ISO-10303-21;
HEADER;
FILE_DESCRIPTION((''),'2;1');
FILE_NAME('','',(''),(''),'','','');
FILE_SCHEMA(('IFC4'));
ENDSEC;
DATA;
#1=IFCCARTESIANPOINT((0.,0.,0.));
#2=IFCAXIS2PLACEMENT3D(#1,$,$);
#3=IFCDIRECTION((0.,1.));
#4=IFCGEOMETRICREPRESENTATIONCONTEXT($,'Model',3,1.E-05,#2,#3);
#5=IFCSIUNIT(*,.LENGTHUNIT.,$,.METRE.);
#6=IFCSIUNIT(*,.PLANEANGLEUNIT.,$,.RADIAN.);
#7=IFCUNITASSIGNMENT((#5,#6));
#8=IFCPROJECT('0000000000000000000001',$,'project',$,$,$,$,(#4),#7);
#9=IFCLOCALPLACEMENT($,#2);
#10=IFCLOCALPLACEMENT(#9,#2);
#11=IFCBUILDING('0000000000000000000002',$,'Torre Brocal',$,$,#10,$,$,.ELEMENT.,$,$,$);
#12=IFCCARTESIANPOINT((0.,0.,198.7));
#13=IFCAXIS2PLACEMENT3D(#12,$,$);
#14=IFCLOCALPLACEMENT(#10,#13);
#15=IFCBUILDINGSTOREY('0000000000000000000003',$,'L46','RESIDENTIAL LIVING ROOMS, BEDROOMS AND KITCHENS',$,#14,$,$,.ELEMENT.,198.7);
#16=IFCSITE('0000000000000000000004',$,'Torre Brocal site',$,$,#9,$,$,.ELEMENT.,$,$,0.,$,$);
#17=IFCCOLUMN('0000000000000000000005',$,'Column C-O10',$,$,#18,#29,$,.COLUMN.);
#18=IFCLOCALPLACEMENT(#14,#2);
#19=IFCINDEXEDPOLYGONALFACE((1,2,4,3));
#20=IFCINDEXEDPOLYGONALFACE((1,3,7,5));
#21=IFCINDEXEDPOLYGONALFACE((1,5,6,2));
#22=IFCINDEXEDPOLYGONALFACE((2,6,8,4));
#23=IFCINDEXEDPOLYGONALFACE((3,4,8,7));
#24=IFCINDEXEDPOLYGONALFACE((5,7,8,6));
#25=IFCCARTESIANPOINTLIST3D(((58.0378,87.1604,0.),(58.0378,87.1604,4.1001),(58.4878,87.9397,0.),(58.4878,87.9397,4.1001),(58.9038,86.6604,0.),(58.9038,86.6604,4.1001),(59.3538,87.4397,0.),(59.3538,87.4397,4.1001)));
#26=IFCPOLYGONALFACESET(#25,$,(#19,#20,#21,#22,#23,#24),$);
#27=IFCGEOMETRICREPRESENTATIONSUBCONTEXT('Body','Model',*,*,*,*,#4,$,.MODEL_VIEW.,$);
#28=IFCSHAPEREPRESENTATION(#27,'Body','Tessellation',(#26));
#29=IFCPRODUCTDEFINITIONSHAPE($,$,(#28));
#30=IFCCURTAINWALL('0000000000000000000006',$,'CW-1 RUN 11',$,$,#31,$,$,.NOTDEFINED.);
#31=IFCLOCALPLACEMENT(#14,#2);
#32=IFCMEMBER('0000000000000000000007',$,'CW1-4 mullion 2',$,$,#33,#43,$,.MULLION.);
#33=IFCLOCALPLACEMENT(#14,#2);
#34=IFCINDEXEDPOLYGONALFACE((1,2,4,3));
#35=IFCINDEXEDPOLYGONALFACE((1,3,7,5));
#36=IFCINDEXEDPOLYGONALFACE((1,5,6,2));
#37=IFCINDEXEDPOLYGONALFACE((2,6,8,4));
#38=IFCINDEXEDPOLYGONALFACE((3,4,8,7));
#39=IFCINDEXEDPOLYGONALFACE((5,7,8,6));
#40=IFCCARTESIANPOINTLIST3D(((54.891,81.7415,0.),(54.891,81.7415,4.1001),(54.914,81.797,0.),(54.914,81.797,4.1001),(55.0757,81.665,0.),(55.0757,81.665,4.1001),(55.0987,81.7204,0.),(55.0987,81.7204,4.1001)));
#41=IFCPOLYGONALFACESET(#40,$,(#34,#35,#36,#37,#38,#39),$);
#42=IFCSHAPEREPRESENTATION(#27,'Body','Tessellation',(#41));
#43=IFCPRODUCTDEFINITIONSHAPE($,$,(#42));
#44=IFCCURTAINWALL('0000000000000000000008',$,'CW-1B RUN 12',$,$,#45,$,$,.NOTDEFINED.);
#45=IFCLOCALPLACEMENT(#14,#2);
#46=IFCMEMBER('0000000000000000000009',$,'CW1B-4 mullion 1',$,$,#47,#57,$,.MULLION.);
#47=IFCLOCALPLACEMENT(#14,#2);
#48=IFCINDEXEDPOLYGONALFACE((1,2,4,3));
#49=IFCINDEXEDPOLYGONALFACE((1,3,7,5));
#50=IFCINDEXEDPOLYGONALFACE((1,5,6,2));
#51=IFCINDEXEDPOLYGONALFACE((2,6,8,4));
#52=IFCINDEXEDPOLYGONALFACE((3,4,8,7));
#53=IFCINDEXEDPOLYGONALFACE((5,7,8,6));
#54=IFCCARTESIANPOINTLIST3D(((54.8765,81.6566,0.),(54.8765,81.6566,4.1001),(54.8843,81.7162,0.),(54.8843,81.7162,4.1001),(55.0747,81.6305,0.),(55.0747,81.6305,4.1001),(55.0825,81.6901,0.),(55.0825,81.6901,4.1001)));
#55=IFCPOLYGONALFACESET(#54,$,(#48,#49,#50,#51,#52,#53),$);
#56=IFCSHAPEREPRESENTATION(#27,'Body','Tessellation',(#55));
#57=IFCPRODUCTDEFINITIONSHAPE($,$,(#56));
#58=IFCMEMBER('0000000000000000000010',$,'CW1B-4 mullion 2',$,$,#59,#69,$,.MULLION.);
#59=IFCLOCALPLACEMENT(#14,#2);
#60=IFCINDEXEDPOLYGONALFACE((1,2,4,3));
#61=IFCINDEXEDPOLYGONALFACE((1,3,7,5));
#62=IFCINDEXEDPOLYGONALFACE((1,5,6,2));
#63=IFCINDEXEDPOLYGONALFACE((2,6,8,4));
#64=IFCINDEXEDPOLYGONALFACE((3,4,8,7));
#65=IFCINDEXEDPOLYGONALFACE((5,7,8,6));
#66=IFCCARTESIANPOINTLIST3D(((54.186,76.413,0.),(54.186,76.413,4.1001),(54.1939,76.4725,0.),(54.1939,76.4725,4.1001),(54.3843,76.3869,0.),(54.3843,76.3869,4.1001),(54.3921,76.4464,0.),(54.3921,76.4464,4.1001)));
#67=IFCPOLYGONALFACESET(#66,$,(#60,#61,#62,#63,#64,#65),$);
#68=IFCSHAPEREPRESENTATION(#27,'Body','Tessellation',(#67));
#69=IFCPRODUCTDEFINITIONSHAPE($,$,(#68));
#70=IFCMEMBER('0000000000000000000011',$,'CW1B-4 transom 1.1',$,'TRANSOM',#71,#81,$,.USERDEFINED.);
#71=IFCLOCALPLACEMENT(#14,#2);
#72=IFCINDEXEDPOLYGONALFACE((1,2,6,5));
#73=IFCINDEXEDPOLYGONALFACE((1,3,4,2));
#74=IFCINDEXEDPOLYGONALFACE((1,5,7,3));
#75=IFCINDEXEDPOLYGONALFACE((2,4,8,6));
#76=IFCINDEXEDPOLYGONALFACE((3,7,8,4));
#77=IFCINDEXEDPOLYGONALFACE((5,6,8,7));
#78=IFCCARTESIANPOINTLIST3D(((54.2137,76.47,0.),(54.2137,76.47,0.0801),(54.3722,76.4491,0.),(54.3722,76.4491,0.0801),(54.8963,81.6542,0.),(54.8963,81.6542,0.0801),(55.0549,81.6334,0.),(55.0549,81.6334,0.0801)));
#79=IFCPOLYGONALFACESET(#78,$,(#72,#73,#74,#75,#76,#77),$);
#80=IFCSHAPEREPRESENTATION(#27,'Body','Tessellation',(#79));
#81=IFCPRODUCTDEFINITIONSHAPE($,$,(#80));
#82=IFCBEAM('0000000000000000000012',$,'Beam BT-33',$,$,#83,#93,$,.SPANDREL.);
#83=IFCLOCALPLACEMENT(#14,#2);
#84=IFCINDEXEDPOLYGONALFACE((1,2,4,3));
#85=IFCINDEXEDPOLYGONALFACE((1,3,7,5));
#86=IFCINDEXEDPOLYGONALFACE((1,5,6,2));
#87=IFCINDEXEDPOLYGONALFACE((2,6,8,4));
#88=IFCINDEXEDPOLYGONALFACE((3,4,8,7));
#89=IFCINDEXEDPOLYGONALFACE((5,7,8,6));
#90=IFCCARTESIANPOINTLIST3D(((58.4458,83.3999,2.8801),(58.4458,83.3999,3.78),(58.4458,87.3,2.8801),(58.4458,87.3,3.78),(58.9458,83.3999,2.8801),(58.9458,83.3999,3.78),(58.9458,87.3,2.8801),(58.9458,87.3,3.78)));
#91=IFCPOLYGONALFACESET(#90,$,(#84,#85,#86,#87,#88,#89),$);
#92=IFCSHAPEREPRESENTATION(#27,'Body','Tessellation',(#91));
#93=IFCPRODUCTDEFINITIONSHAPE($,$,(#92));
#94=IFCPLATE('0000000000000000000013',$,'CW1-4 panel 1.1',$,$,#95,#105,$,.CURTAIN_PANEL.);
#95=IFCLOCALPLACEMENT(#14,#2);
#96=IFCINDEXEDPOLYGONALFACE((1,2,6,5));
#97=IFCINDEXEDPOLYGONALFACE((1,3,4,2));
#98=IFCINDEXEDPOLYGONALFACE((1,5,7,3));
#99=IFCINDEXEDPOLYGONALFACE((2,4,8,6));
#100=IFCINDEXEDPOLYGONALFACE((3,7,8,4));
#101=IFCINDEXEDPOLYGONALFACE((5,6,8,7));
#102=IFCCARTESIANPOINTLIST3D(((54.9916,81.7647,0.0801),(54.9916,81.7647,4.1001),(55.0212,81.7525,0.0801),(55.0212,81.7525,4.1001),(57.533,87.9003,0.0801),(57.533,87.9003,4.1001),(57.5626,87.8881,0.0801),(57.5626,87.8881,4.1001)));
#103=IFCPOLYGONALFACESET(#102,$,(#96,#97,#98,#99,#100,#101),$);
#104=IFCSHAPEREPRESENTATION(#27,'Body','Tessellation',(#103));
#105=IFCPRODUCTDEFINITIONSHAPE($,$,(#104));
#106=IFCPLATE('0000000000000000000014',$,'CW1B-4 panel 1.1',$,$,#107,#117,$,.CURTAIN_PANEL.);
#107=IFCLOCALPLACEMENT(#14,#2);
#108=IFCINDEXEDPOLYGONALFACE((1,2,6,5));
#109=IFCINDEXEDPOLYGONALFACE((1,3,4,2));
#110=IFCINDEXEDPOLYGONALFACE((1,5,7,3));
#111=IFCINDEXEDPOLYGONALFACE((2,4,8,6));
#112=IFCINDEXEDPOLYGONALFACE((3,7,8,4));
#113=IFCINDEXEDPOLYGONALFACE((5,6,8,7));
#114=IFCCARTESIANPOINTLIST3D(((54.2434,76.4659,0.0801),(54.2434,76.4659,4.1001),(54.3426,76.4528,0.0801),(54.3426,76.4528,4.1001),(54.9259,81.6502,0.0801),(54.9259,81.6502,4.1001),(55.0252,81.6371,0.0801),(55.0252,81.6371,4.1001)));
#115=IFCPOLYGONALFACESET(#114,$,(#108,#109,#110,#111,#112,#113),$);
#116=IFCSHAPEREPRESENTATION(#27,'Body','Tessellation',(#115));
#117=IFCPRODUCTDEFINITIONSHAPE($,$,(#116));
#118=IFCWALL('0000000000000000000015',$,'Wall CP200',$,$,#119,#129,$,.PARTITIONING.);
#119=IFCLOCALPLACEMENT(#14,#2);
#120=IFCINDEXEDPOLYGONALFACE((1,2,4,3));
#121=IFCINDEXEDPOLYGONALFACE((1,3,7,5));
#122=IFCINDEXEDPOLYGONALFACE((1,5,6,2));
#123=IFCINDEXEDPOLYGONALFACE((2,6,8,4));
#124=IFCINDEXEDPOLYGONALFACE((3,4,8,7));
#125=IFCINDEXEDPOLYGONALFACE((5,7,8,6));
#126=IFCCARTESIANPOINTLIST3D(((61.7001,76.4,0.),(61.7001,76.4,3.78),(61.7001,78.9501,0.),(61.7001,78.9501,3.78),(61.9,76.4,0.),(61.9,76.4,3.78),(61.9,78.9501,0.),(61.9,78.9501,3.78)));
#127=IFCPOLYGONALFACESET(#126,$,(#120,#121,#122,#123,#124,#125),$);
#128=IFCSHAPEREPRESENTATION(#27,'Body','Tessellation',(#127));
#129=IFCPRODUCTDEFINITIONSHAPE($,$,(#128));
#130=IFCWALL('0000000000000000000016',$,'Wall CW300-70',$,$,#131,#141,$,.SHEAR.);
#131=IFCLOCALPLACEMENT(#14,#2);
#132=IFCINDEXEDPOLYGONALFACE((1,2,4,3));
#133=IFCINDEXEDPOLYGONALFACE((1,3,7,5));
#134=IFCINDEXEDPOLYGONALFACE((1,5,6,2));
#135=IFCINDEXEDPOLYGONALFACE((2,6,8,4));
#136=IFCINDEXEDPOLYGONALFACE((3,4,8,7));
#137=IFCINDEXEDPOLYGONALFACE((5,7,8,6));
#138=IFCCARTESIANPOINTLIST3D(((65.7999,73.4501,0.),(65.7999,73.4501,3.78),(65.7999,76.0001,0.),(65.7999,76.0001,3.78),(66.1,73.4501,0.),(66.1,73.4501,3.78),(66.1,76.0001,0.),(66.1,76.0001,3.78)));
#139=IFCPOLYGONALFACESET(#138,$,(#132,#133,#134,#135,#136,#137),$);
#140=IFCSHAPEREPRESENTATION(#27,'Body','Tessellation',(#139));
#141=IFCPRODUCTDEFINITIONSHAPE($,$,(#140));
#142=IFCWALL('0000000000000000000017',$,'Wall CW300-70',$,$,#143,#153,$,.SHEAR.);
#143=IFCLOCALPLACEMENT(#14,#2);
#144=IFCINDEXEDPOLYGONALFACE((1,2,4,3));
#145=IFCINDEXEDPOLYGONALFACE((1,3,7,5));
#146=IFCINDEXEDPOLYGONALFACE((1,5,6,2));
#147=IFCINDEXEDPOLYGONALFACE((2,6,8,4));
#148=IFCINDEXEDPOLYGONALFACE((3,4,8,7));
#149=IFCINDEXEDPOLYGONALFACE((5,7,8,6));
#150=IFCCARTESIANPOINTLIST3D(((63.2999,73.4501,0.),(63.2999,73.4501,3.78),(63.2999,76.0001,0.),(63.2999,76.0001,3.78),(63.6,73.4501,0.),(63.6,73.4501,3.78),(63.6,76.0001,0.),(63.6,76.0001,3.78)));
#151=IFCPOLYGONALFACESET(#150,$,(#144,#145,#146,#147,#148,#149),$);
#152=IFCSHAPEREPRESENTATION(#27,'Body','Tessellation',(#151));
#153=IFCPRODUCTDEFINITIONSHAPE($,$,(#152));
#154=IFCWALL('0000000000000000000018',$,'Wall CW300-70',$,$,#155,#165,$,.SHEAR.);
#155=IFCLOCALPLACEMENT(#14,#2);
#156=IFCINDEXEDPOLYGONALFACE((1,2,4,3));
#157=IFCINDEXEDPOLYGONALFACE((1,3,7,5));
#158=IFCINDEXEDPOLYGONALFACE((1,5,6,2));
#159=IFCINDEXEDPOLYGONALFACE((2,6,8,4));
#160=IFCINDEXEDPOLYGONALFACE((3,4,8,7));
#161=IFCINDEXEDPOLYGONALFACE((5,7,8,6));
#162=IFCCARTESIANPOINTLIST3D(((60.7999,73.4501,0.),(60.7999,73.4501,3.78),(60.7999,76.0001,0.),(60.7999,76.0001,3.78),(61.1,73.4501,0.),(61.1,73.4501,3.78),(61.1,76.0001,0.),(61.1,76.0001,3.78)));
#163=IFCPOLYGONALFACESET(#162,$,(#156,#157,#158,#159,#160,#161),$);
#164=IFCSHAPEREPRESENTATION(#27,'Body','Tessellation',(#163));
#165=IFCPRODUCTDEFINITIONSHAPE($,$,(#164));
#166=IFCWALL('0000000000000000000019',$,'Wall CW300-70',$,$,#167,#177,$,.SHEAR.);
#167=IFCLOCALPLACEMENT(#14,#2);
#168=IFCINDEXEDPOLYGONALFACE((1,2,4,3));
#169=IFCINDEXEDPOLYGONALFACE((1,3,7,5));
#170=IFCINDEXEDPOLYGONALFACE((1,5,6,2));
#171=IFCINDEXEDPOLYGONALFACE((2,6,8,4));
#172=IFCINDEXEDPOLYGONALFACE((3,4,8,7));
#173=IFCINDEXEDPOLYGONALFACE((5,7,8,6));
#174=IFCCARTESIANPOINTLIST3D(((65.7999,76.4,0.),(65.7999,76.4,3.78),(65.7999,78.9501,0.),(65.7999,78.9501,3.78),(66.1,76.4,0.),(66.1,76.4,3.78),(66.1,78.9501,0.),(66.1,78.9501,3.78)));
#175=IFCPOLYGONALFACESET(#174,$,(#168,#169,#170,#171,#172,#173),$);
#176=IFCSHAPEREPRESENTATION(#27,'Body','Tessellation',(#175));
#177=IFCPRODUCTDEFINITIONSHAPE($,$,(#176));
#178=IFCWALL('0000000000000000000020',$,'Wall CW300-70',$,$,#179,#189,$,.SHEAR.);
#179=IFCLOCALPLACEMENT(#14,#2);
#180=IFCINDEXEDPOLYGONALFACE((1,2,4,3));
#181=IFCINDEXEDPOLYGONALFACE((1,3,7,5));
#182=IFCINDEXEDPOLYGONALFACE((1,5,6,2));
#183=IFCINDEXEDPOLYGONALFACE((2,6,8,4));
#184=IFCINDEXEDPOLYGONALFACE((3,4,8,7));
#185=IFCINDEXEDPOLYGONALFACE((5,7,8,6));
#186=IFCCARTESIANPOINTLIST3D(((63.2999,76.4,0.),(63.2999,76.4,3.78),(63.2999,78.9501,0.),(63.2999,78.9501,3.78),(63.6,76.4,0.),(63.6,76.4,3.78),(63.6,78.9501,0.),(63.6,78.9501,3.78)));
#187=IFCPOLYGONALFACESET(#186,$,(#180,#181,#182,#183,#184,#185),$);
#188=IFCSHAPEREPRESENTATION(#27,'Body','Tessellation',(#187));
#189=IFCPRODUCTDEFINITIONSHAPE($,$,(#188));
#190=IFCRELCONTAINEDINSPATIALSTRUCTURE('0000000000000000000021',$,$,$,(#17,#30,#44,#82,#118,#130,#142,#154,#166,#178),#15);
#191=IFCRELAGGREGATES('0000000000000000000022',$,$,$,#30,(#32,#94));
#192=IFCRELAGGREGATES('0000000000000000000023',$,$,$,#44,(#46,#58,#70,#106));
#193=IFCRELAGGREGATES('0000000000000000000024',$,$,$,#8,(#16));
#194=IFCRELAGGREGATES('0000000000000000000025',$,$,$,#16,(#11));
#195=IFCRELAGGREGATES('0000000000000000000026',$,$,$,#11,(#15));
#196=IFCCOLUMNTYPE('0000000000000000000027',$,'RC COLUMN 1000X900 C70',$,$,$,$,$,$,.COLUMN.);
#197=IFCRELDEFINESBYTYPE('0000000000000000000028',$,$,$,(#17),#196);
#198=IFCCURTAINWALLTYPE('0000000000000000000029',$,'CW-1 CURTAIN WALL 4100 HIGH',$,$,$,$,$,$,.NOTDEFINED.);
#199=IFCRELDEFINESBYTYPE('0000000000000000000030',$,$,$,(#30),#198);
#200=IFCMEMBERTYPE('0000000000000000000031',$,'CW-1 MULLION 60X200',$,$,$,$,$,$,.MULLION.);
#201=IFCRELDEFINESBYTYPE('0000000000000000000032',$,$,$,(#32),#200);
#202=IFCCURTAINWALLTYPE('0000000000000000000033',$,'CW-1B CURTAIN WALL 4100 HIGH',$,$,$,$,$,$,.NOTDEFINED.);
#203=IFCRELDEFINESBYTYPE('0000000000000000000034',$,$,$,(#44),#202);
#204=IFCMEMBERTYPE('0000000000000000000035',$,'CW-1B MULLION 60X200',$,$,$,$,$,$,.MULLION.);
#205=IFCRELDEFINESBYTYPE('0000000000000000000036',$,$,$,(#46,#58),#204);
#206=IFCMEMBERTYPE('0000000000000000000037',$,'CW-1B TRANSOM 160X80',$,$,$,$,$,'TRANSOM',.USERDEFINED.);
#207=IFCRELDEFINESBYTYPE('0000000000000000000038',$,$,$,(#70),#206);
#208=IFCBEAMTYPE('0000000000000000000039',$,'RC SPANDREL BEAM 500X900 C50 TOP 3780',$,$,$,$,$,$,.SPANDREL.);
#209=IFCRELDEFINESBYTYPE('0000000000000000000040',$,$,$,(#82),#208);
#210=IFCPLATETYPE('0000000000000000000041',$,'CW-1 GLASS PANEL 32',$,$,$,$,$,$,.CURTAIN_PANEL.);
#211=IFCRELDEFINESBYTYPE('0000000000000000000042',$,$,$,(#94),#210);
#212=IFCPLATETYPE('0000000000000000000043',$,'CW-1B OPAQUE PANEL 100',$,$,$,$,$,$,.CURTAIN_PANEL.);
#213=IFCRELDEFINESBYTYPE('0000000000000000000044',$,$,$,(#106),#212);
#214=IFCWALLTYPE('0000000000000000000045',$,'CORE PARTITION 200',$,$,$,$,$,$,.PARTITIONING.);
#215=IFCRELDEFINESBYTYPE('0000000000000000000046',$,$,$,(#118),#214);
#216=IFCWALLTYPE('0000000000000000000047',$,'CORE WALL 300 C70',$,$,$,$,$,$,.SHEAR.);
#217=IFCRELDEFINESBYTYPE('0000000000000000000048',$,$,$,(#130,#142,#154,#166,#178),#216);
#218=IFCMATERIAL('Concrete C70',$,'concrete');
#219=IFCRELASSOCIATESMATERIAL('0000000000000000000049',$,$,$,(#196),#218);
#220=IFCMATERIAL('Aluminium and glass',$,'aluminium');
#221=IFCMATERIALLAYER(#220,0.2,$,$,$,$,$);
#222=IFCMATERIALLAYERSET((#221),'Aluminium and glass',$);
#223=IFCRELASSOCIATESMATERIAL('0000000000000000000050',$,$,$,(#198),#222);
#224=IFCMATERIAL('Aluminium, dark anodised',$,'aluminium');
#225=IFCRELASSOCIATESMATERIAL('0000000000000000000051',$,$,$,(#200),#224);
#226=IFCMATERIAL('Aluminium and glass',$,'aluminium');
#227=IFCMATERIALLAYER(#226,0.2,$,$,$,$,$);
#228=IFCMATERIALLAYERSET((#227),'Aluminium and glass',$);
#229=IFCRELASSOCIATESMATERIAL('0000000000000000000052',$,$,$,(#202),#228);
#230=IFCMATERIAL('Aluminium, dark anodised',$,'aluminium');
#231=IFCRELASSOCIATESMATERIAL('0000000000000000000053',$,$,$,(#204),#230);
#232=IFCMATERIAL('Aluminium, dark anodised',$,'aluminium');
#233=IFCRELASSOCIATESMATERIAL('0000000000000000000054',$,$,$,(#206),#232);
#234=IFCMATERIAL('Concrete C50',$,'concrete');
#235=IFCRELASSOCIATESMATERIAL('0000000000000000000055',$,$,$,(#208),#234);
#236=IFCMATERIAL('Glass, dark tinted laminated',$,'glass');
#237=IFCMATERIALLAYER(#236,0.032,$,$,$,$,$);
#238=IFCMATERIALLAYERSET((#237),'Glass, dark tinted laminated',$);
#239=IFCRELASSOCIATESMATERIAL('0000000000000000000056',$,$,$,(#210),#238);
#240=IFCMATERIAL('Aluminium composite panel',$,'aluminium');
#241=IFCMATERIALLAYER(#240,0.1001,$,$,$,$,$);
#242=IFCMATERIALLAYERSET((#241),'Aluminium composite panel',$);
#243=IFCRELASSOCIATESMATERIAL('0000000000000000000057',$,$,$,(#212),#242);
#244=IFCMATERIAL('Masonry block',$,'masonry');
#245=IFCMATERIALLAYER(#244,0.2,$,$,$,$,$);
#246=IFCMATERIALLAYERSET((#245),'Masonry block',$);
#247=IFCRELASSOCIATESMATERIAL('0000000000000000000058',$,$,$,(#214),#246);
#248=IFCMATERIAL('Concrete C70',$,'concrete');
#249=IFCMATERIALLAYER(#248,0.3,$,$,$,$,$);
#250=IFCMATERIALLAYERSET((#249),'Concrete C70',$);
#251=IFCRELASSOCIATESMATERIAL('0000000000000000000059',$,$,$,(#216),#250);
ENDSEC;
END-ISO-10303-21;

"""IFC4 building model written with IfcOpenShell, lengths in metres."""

from ifc_helpers import new_model, si_unit, direction, frame, frame_2d, origin, origin_2d, place, context, subcontext, project, spatial, rectangle, extrude, material, layer, layer_set, material_profile, profile_set, type_object, element, aggregate, save


model = new_model("IFC4")

# Units and contexts
model_context = context("Model", 3, precision=1e-05, world=origin(), true_north=direction((0.0, 1.0)))
body_context = subcontext(model_context, "Body", "Model", "MODEL_VIEW")
ifc_project = project(units=[si_unit("LENGTHUNIT", "METRE"), si_unit("PLANEANGLEUNIT", "RADIAN")], contexts=[model_context])

# Site, building, storey
site_placement = place(None, origin())
site = spatial("IfcSite", under=ifc_project, at=site_placement, Name="Torre Brocal site", CompositionType="ELEMENT", RefElevation=0.0)
building_placement = place(site_placement, origin())
building = spatial("IfcBuilding", under=site, at=building_placement, Name="Torre Brocal", CompositionType="ELEMENT")
storey_placement = place(building_placement, frame((0.0, 0.0, 198.7)))
storey = spatial("IfcBuildingStorey", under=building, at=storey_placement, Name="L46", Description="RESIDENTIAL LIVING ROOMS, BEDROOMS AND KITCHENS", CompositionType="ELEMENT", Elevation=198.7)

# Column
ifc_material_1 = material(Name="Concrete C70", Category="concrete")
ifc_material_profile_1 = material_profile(ifc_material_1, rectangle(XDim=1.0, YDim=0.8999, at=origin_2d()), Name="RC 1000X900")
ifc_profile_set_1 = profile_set([ifc_material_profile_1], Name="Concrete C70")
column_type = type_object("IfcColumnType", Name="RC COLUMN 1000X900 C70", PredefinedType="COLUMN", material=ifc_profile_set_1)
column_placement = place(storey_placement, frame((58.6958, 87.3, 0.0), z_axis=(0.0, 0.0, 1.0), x_axis=(-0.866025, 0.5, 0.0)))
element("IfcColumn", 1, at=column_placement, inside=storey, type_object=column_type, Name="Column C-O10", PredefinedType="COLUMN", context=body_context, shape_type="SweptSolid", body=[
    extrude(rectangle(XDim=1.0, YDim=0.8999, at=origin_2d()), origin(), (0.0, 0.0, 1.0), 4.1001),
])

# Curtain wall, member
ifc_material_2 = material(Name="Aluminium and glass", Category="aluminium")
ifc_layer_1 = layer(ifc_material_2, 0.2)
ifc_layer_set_1 = layer_set([ifc_layer_1], Name="Aluminium and glass")
curtain_wall_type_1 = type_object("IfcCurtainWallType", Name="CW-1 CURTAIN WALL 4100 HIGH", PredefinedType="NOTDEFINED", material=ifc_layer_set_1)
curtain_wall_1_placement = place(storey_placement, origin())
curtain_wall_1 = element("IfcCurtainWall", 2, at=curtain_wall_1_placement, inside=storey, type_object=curtain_wall_type_1, Name="CW-1 RUN 11", PredefinedType="NOTDEFINED")
ifc_material_3 = material(Name="Aluminium, dark anodised", Category="aluminium")
ifc_material_profile_2 = material_profile(ifc_material_3, rectangle(XDim=0.2, YDim=0.0601, at=origin_2d()), Name="CW-1 MULLION 60X200")
ifc_profile_set_2 = profile_set([ifc_material_profile_2], Name="Aluminium, dark anodised")
member_type_1 = type_object("IfcMemberType", Name="CW-1 MULLION 60X200", PredefinedType="MULLION", material=ifc_profile_set_2)
member_1_placement = place(storey_placement, frame((54.9949, 81.731, 0.0), z_axis=(0.0, 0.0, 1.0), x_axis=(0.92388, -0.382683, 0.0)))
member_1 = element("IfcMember", 3, at=member_1_placement, type_object=member_type_1, Name="CW1-4 mullion 2", PredefinedType="MULLION", context=body_context, shape_type="SweptSolid", body=[
    extrude(rectangle(XDim=0.2, YDim=0.0601, at=origin_2d()), origin(), (0.0, 0.0, 1.0), 4.1001),
])

# Curtain wall, members
ifc_material_4 = material(Name="Aluminium and glass", Category="aluminium")
ifc_layer_2 = layer(ifc_material_4, 0.2)
ifc_layer_set_2 = layer_set([ifc_layer_2], Name="Aluminium and glass")
curtain_wall_type_2 = type_object("IfcCurtainWallType", Name="CW-1B CURTAIN WALL 4100 HIGH", PredefinedType="NOTDEFINED", material=ifc_layer_set_2)
curtain_wall_2_placement = place(storey_placement, origin())
curtain_wall_2 = element("IfcCurtainWall", 4, at=curtain_wall_2_placement, inside=storey, type_object=curtain_wall_type_2, Name="CW-1B RUN 12", PredefinedType="NOTDEFINED")
ifc_material_5 = material(Name="Aluminium, dark anodised", Category="aluminium")
ifc_material_profile_3 = material_profile(ifc_material_5, rectangle(XDim=0.2, YDim=0.0601, at=origin_2d()), Name="CW-1B MULLION 60X200")
ifc_profile_set_3 = profile_set([ifc_material_profile_3], Name="Aluminium, dark anodised")
member_type_2 = type_object("IfcMemberType", Name="CW-1B MULLION 60X200", PredefinedType="MULLION", material=ifc_profile_set_3)
member_2_placement = place(storey_placement, frame((54.9795, 81.6733, 0.0), z_axis=(0.0, 0.0, 1.0), x_axis=(0.991445, -0.130526, 0.0)))
member_2 = element("IfcMember", 5, at=member_2_placement, type_object=member_type_2, Name="CW1B-4 mullion 1", PredefinedType="MULLION", context=body_context, shape_type="SweptSolid", body=[
    extrude(rectangle(XDim=0.2, YDim=0.0601, at=origin_2d()), origin(), (0.0, 0.0, 1.0), 4.1001),
])
member_3_placement = place(storey_placement, frame((54.2891, 76.4297, 0.0), z_axis=(0.0, 0.0, 1.0), x_axis=(0.991445, -0.130526, 0.0)))
member_3 = element("IfcMember", 6, at=member_3_placement, type_object=member_type_2, Name="CW1B-4 mullion 2", PredefinedType="MULLION", context=body_context, shape_type="SweptSolid", body=[
    extrude(rectangle(XDim=0.2, YDim=0.0601, at=origin_2d()), origin(), (0.0, 0.0, 1.0), 4.1001),
])
ifc_material_6 = material(Name="Aluminium, dark anodised", Category="aluminium")
ifc_material_profile_4 = material_profile(ifc_material_6, rectangle(XDim=0.1599, YDim=0.0801, at=origin_2d()), Name="CW-1B TRANSOM 160X80")
ifc_profile_set_4 = profile_set([ifc_material_profile_4], Name="Aluminium, dark anodised")
member_type_3 = type_object("IfcMemberType", Name="CW-1B TRANSOM 160X80", ElementType="TRANSOM", PredefinedType="USERDEFINED", material=ifc_profile_set_4)
member_4_placement = place(storey_placement, frame((54.9756, 81.6438, 0.04), z_axis=(-0.130543, -0.991443, 0.0), x_axis=(0.991443, -0.130543, 0.0)))
member_4 = element("IfcMember", 7, at=member_4_placement, type_object=member_type_3, Name="CW1B-4 transom 1.1", ObjectType="TRANSOM", PredefinedType="USERDEFINED", context=body_context, shape_type="SweptSolid", body=[
    extrude(rectangle(XDim=0.1599, YDim=0.0801, at=origin_2d()), origin(), (0.0, 0.0, 1.0), 5.229),
])

# Beam
ifc_material_7 = material(Name="Concrete C50", Category="concrete")
ifc_material_profile_5 = material_profile(ifc_material_7, rectangle(XDim=0.5, YDim=0.8999, at=origin_2d()), Name="RC 500X900")
ifc_profile_set_5 = profile_set([ifc_material_profile_5], Name="Concrete C50")
beam_type = type_object("IfcBeamType", Name="RC SPANDREL BEAM 500X900 C50 TOP 3780", PredefinedType="SPANDREL", material=ifc_profile_set_5)
beam_placement = place(storey_placement, frame((58.6958, 87.3, 3.3301), z_axis=(0.0, -1.0, 0.0), x_axis=(1.0, 0.0, 0.0)))
element("IfcBeam", 8, at=beam_placement, inside=storey, type_object=beam_type, Name="Beam BT-33", PredefinedType="SPANDREL", context=body_context, shape_type="SweptSolid", body=[
    extrude(rectangle(XDim=0.5, YDim=0.8999, at=origin_2d()), origin(), (0.0, 0.0, 1.0), 3.9001),
])

# Plates
ifc_material_8 = material(Name="Glass, dark tinted laminated", Category="glass")
ifc_layer_3 = layer(ifc_material_8, 0.032)
ifc_layer_set_3 = layer_set([ifc_layer_3], Name="Glass, dark tinted laminated")
plate_type_1 = type_object("IfcPlateType", Name="CW-1 GLASS PANEL 32", PredefinedType="CURTAIN_PANEL", material=ifc_layer_set_3)
plate_1_placement = place(storey_placement, frame((56.2771, 84.8264, 0.0801), z_axis=(0.0, 0.0, 1.0), x_axis=(-0.382683, -0.92388, 0.0)))
plate_1 = element("IfcPlate", 9, at=plate_1_placement, type_object=plate_type_1, Name="CW1-4 panel 1.1", PredefinedType="CURTAIN_PANEL", context=body_context, shape_type="SweptSolid", body=[
    extrude(rectangle(XDim=6.6411, YDim=0.032, at=origin_2d()), origin(), (0.0, 0.0, 1.0), 4.02),
])
aggregate(curtain_wall_1, [member_1, plate_1])
ifc_material_9 = material(Name="Aluminium composite panel", Category="aluminium")
ifc_layer_4 = layer(ifc_material_9, 0.1001)
ifc_layer_set_4 = layer_set([ifc_layer_4], Name="Aluminium composite panel")
plate_type_2 = type_object("IfcPlateType", Name="CW-1B OPAQUE PANEL 100", PredefinedType="CURTAIN_PANEL", material=ifc_layer_set_4)
plate_2_placement = place(storey_placement, frame((54.6343, 79.0515, 0.0801), z_axis=(0.0, 0.0, 1.0), x_axis=(-0.130526, -0.991445, 0.0)))
plate_2 = element("IfcPlate", 10, at=plate_2_placement, type_object=plate_type_2, Name="CW1B-4 panel 1.1", PredefinedType="CURTAIN_PANEL", context=body_context, shape_type="SweptSolid", body=[
    extrude(rectangle(XDim=5.229, YDim=0.1001, at=origin_2d()), origin(), (0.0, 0.0, 1.0), 4.02),
])
aggregate(curtain_wall_2, [member_2, member_3, member_4, plate_2])

# Walls
ifc_material_10 = material(Name="Masonry block", Category="masonry")
ifc_layer_5 = layer(ifc_material_10, 0.2)
ifc_layer_set_5 = layer_set([ifc_layer_5], Name="Masonry block")
wall_type_1 = type_object("IfcWallType", Name="CORE PARTITION 200", PredefinedType="PARTITIONING", material=ifc_layer_set_5)
wall_1_placement = place(storey_placement, frame((61.8, 78.95, 0.0), z_axis=(0.0, 0.0, 1.0), x_axis=(0.0, -1.0, 0.0)))
element("IfcWall", 11, at=wall_1_placement, inside=storey, type_object=wall_type_1, Name="Wall CP200", PredefinedType="PARTITIONING", context=body_context, shape_type="SweptSolid", body=[
    extrude(rectangle(XDim=2.55, YDim=0.2, at=frame_2d((1.2749, 0.0))), origin(), (0.0, 0.0, 1.0), 3.78),
])
ifc_material_11 = material(Name="Concrete C70", Category="concrete")
ifc_layer_6 = layer(ifc_material_11, 0.3)
ifc_layer_set_6 = layer_set([ifc_layer_6], Name="Concrete C70")
wall_type_2 = type_object("IfcWallType", Name="CORE WALL 300 C70", PredefinedType="SHEAR", material=ifc_layer_set_6)
for number, where, z_axis, x_axis, name in (
    (12, (65.95, 76.0, 0.0), (0.0, 0.0, 1.0), (0.0, -1.0, 0.0), "Wall CW300-70"),
    (13, (63.45, 76.0, 0.0), (0.0, 0.0, 1.0), (0.0, -1.0, 0.0), "Wall CW300-70"),
    (14, (60.95, 76.0, 0.0), (0.0, 0.0, 1.0), (0.0, -1.0, 0.0), "Wall CW300-70"),
    (15, (65.95, 78.95, 0.0), (0.0, 0.0, 1.0), (0.0, -1.0, 0.0), "Wall CW300-70"),
    (16, (63.45, 78.95, 0.0), (0.0, 0.0, 1.0), (0.0, -1.0, 0.0), "Wall CW300-70"),
):
    element("IfcWall", number, at=place(storey_placement, frame(where, z_axis=z_axis, x_axis=x_axis)), inside=storey, type_object=wall_type_2, Name=name, PredefinedType="SHEAR", context=body_context, shape_type="SweptSolid", body=[
        extrude(rectangle(XDim=2.55, YDim=0.3, at=frame_2d((1.2749, 0.0))), origin(), (0.0, 0.0, 1.0), 3.78),
    ])

save(model, "model.ifc")
